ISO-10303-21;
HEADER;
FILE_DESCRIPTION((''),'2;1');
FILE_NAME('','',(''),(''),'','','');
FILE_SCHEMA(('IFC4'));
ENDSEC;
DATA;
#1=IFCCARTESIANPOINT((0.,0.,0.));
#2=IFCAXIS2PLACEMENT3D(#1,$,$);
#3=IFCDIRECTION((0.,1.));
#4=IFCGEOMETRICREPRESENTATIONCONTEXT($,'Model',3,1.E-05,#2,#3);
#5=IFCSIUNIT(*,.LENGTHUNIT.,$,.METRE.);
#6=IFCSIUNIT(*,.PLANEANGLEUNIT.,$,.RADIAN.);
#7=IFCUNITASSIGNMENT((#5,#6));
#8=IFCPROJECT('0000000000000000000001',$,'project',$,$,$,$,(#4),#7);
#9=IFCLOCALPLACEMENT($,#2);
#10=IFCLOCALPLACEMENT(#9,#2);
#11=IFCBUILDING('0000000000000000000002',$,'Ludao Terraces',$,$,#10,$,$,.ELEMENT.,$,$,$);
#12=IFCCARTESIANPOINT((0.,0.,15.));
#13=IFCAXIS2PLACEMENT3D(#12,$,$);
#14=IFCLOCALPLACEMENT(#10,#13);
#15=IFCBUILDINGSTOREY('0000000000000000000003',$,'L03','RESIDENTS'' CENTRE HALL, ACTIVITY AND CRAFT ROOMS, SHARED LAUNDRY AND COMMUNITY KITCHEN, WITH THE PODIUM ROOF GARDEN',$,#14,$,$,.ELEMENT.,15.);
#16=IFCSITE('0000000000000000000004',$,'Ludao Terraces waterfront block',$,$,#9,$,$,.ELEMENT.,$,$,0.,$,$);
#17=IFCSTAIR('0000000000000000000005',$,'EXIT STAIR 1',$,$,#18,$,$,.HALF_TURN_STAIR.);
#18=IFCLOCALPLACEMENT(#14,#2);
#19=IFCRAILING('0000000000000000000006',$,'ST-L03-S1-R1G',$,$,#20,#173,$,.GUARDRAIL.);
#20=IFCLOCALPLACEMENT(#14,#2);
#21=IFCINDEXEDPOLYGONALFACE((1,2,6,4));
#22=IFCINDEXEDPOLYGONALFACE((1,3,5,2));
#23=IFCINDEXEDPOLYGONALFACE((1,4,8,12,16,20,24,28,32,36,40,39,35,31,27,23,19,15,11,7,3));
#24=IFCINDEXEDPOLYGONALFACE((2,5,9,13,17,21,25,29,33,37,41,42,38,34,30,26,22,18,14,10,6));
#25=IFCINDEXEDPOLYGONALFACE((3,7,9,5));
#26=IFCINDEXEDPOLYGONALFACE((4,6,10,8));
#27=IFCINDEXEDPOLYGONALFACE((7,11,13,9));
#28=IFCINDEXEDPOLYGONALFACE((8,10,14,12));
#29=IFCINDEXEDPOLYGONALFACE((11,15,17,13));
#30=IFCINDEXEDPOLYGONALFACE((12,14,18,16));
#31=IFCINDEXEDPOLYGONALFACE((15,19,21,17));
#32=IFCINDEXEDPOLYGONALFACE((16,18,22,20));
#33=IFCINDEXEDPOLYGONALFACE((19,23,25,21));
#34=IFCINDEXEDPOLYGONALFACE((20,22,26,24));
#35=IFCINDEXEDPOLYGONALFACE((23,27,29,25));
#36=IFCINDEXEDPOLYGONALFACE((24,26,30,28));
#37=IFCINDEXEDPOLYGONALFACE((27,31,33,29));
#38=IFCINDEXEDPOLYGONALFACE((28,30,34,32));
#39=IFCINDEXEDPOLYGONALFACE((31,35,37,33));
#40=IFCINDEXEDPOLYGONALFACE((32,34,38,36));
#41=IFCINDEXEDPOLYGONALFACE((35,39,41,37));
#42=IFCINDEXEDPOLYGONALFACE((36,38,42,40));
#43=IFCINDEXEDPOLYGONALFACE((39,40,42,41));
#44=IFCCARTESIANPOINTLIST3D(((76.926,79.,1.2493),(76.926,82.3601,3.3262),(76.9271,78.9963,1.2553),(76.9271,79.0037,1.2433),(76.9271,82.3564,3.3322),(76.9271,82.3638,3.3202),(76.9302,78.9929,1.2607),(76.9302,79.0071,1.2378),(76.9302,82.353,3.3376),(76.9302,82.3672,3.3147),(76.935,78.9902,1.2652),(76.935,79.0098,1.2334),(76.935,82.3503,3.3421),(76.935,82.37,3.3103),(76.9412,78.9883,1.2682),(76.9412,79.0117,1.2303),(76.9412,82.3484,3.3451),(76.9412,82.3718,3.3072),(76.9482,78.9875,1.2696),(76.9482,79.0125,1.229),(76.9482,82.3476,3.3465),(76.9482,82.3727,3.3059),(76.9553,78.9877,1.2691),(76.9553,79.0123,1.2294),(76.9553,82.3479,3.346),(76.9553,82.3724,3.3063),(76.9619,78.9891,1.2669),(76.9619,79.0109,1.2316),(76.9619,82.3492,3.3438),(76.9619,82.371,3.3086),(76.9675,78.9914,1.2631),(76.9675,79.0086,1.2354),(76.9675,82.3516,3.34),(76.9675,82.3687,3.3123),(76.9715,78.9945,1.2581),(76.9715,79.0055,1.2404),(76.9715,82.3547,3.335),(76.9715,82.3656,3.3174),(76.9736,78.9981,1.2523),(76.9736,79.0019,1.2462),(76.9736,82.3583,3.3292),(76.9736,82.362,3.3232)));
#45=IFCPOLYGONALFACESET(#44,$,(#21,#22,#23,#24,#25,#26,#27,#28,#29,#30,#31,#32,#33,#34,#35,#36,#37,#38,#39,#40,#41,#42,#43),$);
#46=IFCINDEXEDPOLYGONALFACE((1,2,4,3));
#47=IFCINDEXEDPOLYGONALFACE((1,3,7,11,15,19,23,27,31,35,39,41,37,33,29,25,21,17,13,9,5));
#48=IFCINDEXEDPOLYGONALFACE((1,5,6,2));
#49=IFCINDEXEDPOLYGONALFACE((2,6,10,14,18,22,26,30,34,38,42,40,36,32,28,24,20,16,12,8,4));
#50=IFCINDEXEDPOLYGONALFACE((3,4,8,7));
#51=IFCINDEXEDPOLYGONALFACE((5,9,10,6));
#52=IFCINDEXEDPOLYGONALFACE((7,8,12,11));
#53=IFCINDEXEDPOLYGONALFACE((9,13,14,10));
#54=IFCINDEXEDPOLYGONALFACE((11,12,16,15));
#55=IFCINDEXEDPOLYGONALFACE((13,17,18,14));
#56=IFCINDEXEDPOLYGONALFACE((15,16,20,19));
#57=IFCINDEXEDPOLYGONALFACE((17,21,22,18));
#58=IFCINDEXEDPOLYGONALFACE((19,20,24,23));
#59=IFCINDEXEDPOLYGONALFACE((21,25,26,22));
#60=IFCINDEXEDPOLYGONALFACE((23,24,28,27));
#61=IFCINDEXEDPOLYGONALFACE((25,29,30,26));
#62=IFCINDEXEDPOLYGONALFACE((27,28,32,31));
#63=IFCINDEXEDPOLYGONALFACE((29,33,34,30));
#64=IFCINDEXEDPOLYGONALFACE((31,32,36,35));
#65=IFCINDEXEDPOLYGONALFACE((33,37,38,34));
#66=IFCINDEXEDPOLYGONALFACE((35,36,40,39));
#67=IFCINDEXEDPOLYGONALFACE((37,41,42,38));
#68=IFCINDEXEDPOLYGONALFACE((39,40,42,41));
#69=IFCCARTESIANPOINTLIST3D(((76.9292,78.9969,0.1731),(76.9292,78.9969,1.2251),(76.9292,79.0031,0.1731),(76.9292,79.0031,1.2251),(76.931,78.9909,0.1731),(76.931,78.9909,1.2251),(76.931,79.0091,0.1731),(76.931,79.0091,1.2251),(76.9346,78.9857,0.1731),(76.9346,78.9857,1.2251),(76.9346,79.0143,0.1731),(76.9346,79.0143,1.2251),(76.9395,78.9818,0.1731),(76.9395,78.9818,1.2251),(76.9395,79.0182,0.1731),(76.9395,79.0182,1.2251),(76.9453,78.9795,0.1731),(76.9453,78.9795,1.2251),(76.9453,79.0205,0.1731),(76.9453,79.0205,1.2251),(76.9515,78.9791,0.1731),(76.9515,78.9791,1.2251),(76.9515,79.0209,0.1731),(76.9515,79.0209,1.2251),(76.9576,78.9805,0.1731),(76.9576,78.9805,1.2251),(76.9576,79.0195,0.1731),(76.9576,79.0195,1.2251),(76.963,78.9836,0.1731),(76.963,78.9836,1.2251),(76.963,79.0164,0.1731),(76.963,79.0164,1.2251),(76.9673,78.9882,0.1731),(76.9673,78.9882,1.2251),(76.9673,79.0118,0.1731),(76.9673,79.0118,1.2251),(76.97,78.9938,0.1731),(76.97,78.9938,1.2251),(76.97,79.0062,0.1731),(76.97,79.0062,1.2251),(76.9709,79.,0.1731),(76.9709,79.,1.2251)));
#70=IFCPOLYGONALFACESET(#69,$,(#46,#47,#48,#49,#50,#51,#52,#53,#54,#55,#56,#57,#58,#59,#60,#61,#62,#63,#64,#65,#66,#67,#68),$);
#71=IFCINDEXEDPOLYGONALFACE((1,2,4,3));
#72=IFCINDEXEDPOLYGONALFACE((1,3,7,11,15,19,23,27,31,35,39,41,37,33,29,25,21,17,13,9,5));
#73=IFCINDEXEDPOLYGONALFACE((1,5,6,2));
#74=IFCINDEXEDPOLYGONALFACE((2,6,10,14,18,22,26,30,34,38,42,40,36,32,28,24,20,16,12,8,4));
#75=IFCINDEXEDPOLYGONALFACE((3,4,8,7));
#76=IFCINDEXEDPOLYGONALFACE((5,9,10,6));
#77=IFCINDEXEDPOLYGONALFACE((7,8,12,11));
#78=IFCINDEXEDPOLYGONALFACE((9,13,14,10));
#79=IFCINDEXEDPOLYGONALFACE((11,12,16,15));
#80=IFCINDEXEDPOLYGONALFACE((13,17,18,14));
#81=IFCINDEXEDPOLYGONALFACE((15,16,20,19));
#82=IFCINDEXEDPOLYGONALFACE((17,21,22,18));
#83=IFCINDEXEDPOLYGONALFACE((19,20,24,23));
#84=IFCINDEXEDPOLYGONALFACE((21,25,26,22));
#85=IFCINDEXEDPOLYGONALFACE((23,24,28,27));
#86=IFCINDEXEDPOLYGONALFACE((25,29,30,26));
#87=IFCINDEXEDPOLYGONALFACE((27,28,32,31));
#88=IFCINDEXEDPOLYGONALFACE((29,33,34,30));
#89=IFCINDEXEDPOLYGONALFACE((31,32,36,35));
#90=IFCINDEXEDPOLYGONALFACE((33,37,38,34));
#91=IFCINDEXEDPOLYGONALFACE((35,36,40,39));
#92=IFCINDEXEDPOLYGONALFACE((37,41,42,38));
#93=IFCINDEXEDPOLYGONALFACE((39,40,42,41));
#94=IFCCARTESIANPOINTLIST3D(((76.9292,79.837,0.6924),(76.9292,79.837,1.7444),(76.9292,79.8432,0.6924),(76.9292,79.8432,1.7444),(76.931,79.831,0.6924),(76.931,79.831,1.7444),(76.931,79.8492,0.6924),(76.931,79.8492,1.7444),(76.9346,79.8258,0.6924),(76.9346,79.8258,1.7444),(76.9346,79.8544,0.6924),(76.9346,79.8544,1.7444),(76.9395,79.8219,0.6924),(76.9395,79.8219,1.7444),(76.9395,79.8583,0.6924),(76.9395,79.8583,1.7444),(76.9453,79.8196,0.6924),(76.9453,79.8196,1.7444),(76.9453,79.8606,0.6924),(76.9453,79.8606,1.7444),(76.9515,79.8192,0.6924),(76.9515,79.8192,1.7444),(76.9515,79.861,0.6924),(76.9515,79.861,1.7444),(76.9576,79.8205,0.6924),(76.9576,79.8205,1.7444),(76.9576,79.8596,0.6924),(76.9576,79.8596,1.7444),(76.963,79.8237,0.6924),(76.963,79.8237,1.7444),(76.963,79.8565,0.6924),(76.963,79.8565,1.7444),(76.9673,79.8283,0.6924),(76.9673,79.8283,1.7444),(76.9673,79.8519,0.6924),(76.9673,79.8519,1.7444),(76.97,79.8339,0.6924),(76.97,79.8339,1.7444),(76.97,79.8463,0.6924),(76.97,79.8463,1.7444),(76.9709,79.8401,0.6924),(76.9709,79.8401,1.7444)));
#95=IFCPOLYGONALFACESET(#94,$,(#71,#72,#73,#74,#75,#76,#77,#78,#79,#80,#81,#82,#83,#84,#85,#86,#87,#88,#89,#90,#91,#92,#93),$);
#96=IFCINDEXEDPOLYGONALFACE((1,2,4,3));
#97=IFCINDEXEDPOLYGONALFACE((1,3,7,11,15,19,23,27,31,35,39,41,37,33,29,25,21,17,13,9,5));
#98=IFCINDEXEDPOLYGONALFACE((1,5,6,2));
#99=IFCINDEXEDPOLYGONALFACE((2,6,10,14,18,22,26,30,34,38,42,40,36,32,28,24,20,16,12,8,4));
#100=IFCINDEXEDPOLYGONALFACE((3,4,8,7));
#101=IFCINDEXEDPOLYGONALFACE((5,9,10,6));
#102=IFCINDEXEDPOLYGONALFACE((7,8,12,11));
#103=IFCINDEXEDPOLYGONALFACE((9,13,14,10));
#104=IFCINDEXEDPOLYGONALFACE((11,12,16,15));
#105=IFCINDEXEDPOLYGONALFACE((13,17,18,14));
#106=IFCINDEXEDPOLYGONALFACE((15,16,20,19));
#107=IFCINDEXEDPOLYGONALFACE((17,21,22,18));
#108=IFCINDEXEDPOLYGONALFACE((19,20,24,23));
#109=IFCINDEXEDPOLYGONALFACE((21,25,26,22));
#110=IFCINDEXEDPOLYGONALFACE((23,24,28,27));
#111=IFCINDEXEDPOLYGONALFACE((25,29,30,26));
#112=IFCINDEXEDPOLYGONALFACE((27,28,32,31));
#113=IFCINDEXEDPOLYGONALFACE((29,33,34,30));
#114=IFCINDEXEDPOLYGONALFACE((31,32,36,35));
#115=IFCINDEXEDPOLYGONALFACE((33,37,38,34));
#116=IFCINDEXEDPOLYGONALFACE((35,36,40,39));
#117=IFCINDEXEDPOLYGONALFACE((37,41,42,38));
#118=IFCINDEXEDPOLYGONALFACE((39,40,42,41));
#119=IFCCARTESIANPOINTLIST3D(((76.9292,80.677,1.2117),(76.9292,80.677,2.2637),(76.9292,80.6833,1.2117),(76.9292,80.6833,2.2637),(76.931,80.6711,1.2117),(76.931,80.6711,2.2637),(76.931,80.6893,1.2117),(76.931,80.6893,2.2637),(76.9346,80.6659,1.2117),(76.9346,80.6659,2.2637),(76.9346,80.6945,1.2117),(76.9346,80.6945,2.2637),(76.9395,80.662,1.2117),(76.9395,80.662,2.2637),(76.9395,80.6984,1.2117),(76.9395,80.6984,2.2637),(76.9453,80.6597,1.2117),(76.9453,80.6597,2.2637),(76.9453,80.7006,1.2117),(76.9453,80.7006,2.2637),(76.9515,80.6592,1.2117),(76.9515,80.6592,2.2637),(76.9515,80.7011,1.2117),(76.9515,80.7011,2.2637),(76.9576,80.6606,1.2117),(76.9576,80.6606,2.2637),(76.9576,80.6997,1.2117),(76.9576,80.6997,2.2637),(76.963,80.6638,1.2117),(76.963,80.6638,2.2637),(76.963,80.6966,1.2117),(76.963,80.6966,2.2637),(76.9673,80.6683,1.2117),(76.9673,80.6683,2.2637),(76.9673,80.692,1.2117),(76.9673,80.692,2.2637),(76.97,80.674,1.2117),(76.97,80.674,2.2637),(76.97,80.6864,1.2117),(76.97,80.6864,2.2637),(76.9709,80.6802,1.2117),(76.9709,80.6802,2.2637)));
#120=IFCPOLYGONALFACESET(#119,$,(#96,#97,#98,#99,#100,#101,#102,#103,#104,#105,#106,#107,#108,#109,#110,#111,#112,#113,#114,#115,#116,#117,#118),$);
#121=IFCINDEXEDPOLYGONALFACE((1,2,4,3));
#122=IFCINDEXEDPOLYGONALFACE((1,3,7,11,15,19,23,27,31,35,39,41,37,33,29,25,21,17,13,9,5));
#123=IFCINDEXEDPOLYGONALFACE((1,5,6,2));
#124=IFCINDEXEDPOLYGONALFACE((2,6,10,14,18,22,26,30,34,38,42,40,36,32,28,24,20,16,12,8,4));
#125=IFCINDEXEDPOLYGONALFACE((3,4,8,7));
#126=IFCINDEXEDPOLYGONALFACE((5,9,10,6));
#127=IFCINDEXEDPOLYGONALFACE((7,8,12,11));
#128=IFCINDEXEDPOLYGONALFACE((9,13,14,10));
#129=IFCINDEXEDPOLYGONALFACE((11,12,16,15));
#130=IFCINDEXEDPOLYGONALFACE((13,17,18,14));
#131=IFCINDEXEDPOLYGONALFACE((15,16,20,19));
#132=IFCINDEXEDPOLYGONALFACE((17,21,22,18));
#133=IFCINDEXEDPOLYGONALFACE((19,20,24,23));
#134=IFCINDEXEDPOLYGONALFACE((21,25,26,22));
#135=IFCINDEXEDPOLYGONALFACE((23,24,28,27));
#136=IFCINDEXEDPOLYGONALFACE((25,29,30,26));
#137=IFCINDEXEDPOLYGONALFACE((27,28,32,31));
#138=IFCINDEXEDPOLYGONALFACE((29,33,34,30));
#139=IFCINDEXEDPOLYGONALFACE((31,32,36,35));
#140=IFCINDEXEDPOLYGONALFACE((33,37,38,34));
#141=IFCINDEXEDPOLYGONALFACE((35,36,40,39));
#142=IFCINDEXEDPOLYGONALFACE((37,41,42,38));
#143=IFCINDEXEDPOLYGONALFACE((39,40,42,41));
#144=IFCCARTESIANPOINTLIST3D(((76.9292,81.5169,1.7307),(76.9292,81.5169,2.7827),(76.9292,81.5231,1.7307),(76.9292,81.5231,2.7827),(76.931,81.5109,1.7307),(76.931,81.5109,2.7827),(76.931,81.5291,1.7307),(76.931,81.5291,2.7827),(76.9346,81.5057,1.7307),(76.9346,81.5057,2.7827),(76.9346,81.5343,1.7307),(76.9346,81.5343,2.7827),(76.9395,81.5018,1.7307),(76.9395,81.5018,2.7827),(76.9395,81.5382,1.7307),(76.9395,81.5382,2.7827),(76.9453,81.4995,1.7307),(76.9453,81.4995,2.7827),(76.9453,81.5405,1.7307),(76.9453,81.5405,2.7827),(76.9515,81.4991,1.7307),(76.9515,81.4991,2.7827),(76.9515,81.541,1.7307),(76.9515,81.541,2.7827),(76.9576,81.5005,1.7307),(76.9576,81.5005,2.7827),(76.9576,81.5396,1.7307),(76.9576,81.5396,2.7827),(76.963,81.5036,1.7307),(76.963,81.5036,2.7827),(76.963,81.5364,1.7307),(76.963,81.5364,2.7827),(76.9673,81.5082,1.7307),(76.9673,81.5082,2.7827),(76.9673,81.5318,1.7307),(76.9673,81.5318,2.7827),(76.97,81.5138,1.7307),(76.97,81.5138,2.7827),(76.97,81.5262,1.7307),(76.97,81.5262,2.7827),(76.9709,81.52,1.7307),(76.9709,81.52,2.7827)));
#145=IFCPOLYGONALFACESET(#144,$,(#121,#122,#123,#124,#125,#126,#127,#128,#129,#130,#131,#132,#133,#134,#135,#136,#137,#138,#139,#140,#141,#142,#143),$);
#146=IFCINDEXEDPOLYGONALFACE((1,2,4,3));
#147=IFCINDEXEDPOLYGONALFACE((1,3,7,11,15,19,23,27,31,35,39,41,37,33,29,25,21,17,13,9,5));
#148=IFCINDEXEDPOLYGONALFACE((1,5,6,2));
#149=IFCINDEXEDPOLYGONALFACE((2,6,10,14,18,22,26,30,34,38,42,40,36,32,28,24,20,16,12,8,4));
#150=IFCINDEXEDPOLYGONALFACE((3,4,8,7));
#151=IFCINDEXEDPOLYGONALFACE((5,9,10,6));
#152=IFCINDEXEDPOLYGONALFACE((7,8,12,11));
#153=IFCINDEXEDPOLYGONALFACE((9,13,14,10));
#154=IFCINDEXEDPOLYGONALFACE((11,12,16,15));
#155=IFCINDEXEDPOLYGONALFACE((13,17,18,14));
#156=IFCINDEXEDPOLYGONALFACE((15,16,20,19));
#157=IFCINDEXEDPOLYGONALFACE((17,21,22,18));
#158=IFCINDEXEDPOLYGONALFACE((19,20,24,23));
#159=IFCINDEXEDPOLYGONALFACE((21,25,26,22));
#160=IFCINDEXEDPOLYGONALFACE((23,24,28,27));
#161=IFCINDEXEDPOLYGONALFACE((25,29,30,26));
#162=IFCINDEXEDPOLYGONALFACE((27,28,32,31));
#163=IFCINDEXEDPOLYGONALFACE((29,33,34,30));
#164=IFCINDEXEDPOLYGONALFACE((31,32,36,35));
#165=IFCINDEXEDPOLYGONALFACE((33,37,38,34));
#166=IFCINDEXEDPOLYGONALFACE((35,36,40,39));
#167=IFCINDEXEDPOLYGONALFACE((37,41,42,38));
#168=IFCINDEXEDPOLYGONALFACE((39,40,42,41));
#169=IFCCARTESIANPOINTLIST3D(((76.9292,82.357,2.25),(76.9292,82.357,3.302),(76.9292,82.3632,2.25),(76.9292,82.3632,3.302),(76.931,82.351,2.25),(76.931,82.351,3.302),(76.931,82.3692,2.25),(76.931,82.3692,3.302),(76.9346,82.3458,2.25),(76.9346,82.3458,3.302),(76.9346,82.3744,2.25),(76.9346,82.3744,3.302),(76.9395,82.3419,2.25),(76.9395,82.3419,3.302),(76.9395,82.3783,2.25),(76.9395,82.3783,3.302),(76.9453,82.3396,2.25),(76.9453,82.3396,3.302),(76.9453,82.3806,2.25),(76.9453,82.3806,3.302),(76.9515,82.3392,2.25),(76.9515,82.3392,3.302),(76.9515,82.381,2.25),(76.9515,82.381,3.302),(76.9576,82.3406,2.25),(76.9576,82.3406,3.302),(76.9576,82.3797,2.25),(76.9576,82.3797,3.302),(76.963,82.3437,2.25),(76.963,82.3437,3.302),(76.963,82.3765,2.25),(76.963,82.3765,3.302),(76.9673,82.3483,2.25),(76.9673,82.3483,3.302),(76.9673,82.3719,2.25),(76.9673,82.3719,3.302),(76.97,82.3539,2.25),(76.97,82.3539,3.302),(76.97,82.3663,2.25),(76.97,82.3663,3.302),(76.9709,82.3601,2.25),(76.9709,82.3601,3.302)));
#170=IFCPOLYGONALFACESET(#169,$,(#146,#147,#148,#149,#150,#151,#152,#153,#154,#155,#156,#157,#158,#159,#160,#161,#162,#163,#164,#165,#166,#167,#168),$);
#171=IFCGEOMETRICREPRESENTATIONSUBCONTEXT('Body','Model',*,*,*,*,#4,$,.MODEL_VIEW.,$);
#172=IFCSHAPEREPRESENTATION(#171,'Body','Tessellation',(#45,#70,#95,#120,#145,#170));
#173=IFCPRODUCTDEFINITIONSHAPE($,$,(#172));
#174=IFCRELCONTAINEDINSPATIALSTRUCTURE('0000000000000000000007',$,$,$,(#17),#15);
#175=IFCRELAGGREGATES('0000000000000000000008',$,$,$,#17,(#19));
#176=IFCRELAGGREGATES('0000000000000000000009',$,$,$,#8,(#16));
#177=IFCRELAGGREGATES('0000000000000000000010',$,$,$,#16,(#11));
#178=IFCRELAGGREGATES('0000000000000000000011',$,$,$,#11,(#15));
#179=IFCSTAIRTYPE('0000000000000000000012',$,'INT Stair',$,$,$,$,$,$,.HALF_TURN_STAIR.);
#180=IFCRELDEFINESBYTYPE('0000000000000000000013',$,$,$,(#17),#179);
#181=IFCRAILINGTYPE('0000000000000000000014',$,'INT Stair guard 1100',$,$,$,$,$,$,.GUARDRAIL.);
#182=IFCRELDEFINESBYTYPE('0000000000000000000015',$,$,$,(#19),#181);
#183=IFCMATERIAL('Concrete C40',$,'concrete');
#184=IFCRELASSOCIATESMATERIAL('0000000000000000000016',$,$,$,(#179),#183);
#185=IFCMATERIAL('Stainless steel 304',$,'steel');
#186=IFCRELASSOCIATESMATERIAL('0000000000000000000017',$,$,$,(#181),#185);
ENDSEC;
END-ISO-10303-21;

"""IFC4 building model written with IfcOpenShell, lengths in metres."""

from ifc_helpers import new_model, si_unit, direction, frame, origin, origin_2d, place, context, subcontext, project, spatial, circle, extrude, material, type_object, element, aggregate, save


model = new_model("IFC4")

# Units and contexts
model_context = context("Model", 3, precision=1e-05, world=origin(), true_north=direction((0.0, 1.0)))
body_context = subcontext(model_context, "Body", "Model", "MODEL_VIEW")
ifc_project = project(units=[si_unit("LENGTHUNIT", "METRE"), si_unit("PLANEANGLEUNIT", "RADIAN")], contexts=[model_context])

# Site, building, storey
site_placement = place(None, origin())
site = spatial("IfcSite", under=ifc_project, at=site_placement, Name="Ludao Terraces waterfront block", CompositionType="ELEMENT", RefElevation=0.0)
building_placement = place(site_placement, origin())
building = spatial("IfcBuilding", under=site, at=building_placement, Name="Ludao Terraces", CompositionType="ELEMENT")
storey_placement = place(building_placement, frame((0.0, 0.0, 15.0)))
storey = spatial("IfcBuildingStorey", under=building, at=storey_placement, Name="L03", Description="RESIDENTS' CENTRE HALL, ACTIVITY AND CRAFT ROOMS, SHARED LAUNDRY AND COMMUNITY KITCHEN, WITH THE PODIUM ROOF GARDEN", CompositionType="ELEMENT", Elevation=15.0)

# Shared definitions
ifc_material_1 = material(Name="Stainless steel 304", Category="steel")

# Stair, railing
ifc_material_2 = material(Name="Concrete C40", Category="concrete")
stair_type = type_object("IfcStairType", Name="INT Stair", PredefinedType="HALF_TURN_STAIR", material=ifc_material_2)
stair_placement = place(storey_placement, origin())
stair = element("IfcStair", 1, at=stair_placement, inside=storey, type_object=stair_type, Name="EXIT STAIR 1", PredefinedType="HALF_TURN_STAIR")
railing_type_1 = type_object("IfcRailingType", Name="INT Stair guard 1100", PredefinedType="GUARDRAIL", material=ifc_material_1)
railing_1_placement = place(storey_placement, frame((76.95, 79.0, 0.1731)))
railing_1 = element("IfcRailing", 2, at=railing_1_placement, type_object=railing_type_1, Name="ST-L03-S1-R1G", PredefinedType="GUARDRAIL", context=body_context, shape_type="SweptSolid", body=[
    extrude(circle(Radius=0.0239, at=origin_2d()), frame((0.0, 0.0, 1.0762), z_axis=(0.0, 0.850623, 0.525776), x_axis=(-1.0, 0.0, 0.0)), (0.0, 0.0, 1.0), 3.9502),
    extrude(circle(Radius=0.021, at=origin_2d()), origin(), (0.0, 0.0, 1.0), 1.052),
    extrude(circle(Radius=0.021, at=origin_2d()), frame((0.0, 0.8401, 0.5193)), (0.0, 0.0, 1.0), 1.052),
    extrude(circle(Radius=0.021, at=origin_2d()), frame((0.0, 1.6802, 1.0386)), (0.0, 0.0, 1.0), 1.052),
    extrude(circle(Radius=0.021, at=origin_2d()), frame((0.0, 2.52, 1.5576)), (0.0, 0.0, 1.0), 1.052),
    extrude(circle(Radius=0.021, at=origin_2d()), frame((0.0, 3.3601, 2.0769)), (0.0, 0.0, 1.0), 1.052),
])
aggregate(stair, [railing_1])

save(model, "model.ifc")
